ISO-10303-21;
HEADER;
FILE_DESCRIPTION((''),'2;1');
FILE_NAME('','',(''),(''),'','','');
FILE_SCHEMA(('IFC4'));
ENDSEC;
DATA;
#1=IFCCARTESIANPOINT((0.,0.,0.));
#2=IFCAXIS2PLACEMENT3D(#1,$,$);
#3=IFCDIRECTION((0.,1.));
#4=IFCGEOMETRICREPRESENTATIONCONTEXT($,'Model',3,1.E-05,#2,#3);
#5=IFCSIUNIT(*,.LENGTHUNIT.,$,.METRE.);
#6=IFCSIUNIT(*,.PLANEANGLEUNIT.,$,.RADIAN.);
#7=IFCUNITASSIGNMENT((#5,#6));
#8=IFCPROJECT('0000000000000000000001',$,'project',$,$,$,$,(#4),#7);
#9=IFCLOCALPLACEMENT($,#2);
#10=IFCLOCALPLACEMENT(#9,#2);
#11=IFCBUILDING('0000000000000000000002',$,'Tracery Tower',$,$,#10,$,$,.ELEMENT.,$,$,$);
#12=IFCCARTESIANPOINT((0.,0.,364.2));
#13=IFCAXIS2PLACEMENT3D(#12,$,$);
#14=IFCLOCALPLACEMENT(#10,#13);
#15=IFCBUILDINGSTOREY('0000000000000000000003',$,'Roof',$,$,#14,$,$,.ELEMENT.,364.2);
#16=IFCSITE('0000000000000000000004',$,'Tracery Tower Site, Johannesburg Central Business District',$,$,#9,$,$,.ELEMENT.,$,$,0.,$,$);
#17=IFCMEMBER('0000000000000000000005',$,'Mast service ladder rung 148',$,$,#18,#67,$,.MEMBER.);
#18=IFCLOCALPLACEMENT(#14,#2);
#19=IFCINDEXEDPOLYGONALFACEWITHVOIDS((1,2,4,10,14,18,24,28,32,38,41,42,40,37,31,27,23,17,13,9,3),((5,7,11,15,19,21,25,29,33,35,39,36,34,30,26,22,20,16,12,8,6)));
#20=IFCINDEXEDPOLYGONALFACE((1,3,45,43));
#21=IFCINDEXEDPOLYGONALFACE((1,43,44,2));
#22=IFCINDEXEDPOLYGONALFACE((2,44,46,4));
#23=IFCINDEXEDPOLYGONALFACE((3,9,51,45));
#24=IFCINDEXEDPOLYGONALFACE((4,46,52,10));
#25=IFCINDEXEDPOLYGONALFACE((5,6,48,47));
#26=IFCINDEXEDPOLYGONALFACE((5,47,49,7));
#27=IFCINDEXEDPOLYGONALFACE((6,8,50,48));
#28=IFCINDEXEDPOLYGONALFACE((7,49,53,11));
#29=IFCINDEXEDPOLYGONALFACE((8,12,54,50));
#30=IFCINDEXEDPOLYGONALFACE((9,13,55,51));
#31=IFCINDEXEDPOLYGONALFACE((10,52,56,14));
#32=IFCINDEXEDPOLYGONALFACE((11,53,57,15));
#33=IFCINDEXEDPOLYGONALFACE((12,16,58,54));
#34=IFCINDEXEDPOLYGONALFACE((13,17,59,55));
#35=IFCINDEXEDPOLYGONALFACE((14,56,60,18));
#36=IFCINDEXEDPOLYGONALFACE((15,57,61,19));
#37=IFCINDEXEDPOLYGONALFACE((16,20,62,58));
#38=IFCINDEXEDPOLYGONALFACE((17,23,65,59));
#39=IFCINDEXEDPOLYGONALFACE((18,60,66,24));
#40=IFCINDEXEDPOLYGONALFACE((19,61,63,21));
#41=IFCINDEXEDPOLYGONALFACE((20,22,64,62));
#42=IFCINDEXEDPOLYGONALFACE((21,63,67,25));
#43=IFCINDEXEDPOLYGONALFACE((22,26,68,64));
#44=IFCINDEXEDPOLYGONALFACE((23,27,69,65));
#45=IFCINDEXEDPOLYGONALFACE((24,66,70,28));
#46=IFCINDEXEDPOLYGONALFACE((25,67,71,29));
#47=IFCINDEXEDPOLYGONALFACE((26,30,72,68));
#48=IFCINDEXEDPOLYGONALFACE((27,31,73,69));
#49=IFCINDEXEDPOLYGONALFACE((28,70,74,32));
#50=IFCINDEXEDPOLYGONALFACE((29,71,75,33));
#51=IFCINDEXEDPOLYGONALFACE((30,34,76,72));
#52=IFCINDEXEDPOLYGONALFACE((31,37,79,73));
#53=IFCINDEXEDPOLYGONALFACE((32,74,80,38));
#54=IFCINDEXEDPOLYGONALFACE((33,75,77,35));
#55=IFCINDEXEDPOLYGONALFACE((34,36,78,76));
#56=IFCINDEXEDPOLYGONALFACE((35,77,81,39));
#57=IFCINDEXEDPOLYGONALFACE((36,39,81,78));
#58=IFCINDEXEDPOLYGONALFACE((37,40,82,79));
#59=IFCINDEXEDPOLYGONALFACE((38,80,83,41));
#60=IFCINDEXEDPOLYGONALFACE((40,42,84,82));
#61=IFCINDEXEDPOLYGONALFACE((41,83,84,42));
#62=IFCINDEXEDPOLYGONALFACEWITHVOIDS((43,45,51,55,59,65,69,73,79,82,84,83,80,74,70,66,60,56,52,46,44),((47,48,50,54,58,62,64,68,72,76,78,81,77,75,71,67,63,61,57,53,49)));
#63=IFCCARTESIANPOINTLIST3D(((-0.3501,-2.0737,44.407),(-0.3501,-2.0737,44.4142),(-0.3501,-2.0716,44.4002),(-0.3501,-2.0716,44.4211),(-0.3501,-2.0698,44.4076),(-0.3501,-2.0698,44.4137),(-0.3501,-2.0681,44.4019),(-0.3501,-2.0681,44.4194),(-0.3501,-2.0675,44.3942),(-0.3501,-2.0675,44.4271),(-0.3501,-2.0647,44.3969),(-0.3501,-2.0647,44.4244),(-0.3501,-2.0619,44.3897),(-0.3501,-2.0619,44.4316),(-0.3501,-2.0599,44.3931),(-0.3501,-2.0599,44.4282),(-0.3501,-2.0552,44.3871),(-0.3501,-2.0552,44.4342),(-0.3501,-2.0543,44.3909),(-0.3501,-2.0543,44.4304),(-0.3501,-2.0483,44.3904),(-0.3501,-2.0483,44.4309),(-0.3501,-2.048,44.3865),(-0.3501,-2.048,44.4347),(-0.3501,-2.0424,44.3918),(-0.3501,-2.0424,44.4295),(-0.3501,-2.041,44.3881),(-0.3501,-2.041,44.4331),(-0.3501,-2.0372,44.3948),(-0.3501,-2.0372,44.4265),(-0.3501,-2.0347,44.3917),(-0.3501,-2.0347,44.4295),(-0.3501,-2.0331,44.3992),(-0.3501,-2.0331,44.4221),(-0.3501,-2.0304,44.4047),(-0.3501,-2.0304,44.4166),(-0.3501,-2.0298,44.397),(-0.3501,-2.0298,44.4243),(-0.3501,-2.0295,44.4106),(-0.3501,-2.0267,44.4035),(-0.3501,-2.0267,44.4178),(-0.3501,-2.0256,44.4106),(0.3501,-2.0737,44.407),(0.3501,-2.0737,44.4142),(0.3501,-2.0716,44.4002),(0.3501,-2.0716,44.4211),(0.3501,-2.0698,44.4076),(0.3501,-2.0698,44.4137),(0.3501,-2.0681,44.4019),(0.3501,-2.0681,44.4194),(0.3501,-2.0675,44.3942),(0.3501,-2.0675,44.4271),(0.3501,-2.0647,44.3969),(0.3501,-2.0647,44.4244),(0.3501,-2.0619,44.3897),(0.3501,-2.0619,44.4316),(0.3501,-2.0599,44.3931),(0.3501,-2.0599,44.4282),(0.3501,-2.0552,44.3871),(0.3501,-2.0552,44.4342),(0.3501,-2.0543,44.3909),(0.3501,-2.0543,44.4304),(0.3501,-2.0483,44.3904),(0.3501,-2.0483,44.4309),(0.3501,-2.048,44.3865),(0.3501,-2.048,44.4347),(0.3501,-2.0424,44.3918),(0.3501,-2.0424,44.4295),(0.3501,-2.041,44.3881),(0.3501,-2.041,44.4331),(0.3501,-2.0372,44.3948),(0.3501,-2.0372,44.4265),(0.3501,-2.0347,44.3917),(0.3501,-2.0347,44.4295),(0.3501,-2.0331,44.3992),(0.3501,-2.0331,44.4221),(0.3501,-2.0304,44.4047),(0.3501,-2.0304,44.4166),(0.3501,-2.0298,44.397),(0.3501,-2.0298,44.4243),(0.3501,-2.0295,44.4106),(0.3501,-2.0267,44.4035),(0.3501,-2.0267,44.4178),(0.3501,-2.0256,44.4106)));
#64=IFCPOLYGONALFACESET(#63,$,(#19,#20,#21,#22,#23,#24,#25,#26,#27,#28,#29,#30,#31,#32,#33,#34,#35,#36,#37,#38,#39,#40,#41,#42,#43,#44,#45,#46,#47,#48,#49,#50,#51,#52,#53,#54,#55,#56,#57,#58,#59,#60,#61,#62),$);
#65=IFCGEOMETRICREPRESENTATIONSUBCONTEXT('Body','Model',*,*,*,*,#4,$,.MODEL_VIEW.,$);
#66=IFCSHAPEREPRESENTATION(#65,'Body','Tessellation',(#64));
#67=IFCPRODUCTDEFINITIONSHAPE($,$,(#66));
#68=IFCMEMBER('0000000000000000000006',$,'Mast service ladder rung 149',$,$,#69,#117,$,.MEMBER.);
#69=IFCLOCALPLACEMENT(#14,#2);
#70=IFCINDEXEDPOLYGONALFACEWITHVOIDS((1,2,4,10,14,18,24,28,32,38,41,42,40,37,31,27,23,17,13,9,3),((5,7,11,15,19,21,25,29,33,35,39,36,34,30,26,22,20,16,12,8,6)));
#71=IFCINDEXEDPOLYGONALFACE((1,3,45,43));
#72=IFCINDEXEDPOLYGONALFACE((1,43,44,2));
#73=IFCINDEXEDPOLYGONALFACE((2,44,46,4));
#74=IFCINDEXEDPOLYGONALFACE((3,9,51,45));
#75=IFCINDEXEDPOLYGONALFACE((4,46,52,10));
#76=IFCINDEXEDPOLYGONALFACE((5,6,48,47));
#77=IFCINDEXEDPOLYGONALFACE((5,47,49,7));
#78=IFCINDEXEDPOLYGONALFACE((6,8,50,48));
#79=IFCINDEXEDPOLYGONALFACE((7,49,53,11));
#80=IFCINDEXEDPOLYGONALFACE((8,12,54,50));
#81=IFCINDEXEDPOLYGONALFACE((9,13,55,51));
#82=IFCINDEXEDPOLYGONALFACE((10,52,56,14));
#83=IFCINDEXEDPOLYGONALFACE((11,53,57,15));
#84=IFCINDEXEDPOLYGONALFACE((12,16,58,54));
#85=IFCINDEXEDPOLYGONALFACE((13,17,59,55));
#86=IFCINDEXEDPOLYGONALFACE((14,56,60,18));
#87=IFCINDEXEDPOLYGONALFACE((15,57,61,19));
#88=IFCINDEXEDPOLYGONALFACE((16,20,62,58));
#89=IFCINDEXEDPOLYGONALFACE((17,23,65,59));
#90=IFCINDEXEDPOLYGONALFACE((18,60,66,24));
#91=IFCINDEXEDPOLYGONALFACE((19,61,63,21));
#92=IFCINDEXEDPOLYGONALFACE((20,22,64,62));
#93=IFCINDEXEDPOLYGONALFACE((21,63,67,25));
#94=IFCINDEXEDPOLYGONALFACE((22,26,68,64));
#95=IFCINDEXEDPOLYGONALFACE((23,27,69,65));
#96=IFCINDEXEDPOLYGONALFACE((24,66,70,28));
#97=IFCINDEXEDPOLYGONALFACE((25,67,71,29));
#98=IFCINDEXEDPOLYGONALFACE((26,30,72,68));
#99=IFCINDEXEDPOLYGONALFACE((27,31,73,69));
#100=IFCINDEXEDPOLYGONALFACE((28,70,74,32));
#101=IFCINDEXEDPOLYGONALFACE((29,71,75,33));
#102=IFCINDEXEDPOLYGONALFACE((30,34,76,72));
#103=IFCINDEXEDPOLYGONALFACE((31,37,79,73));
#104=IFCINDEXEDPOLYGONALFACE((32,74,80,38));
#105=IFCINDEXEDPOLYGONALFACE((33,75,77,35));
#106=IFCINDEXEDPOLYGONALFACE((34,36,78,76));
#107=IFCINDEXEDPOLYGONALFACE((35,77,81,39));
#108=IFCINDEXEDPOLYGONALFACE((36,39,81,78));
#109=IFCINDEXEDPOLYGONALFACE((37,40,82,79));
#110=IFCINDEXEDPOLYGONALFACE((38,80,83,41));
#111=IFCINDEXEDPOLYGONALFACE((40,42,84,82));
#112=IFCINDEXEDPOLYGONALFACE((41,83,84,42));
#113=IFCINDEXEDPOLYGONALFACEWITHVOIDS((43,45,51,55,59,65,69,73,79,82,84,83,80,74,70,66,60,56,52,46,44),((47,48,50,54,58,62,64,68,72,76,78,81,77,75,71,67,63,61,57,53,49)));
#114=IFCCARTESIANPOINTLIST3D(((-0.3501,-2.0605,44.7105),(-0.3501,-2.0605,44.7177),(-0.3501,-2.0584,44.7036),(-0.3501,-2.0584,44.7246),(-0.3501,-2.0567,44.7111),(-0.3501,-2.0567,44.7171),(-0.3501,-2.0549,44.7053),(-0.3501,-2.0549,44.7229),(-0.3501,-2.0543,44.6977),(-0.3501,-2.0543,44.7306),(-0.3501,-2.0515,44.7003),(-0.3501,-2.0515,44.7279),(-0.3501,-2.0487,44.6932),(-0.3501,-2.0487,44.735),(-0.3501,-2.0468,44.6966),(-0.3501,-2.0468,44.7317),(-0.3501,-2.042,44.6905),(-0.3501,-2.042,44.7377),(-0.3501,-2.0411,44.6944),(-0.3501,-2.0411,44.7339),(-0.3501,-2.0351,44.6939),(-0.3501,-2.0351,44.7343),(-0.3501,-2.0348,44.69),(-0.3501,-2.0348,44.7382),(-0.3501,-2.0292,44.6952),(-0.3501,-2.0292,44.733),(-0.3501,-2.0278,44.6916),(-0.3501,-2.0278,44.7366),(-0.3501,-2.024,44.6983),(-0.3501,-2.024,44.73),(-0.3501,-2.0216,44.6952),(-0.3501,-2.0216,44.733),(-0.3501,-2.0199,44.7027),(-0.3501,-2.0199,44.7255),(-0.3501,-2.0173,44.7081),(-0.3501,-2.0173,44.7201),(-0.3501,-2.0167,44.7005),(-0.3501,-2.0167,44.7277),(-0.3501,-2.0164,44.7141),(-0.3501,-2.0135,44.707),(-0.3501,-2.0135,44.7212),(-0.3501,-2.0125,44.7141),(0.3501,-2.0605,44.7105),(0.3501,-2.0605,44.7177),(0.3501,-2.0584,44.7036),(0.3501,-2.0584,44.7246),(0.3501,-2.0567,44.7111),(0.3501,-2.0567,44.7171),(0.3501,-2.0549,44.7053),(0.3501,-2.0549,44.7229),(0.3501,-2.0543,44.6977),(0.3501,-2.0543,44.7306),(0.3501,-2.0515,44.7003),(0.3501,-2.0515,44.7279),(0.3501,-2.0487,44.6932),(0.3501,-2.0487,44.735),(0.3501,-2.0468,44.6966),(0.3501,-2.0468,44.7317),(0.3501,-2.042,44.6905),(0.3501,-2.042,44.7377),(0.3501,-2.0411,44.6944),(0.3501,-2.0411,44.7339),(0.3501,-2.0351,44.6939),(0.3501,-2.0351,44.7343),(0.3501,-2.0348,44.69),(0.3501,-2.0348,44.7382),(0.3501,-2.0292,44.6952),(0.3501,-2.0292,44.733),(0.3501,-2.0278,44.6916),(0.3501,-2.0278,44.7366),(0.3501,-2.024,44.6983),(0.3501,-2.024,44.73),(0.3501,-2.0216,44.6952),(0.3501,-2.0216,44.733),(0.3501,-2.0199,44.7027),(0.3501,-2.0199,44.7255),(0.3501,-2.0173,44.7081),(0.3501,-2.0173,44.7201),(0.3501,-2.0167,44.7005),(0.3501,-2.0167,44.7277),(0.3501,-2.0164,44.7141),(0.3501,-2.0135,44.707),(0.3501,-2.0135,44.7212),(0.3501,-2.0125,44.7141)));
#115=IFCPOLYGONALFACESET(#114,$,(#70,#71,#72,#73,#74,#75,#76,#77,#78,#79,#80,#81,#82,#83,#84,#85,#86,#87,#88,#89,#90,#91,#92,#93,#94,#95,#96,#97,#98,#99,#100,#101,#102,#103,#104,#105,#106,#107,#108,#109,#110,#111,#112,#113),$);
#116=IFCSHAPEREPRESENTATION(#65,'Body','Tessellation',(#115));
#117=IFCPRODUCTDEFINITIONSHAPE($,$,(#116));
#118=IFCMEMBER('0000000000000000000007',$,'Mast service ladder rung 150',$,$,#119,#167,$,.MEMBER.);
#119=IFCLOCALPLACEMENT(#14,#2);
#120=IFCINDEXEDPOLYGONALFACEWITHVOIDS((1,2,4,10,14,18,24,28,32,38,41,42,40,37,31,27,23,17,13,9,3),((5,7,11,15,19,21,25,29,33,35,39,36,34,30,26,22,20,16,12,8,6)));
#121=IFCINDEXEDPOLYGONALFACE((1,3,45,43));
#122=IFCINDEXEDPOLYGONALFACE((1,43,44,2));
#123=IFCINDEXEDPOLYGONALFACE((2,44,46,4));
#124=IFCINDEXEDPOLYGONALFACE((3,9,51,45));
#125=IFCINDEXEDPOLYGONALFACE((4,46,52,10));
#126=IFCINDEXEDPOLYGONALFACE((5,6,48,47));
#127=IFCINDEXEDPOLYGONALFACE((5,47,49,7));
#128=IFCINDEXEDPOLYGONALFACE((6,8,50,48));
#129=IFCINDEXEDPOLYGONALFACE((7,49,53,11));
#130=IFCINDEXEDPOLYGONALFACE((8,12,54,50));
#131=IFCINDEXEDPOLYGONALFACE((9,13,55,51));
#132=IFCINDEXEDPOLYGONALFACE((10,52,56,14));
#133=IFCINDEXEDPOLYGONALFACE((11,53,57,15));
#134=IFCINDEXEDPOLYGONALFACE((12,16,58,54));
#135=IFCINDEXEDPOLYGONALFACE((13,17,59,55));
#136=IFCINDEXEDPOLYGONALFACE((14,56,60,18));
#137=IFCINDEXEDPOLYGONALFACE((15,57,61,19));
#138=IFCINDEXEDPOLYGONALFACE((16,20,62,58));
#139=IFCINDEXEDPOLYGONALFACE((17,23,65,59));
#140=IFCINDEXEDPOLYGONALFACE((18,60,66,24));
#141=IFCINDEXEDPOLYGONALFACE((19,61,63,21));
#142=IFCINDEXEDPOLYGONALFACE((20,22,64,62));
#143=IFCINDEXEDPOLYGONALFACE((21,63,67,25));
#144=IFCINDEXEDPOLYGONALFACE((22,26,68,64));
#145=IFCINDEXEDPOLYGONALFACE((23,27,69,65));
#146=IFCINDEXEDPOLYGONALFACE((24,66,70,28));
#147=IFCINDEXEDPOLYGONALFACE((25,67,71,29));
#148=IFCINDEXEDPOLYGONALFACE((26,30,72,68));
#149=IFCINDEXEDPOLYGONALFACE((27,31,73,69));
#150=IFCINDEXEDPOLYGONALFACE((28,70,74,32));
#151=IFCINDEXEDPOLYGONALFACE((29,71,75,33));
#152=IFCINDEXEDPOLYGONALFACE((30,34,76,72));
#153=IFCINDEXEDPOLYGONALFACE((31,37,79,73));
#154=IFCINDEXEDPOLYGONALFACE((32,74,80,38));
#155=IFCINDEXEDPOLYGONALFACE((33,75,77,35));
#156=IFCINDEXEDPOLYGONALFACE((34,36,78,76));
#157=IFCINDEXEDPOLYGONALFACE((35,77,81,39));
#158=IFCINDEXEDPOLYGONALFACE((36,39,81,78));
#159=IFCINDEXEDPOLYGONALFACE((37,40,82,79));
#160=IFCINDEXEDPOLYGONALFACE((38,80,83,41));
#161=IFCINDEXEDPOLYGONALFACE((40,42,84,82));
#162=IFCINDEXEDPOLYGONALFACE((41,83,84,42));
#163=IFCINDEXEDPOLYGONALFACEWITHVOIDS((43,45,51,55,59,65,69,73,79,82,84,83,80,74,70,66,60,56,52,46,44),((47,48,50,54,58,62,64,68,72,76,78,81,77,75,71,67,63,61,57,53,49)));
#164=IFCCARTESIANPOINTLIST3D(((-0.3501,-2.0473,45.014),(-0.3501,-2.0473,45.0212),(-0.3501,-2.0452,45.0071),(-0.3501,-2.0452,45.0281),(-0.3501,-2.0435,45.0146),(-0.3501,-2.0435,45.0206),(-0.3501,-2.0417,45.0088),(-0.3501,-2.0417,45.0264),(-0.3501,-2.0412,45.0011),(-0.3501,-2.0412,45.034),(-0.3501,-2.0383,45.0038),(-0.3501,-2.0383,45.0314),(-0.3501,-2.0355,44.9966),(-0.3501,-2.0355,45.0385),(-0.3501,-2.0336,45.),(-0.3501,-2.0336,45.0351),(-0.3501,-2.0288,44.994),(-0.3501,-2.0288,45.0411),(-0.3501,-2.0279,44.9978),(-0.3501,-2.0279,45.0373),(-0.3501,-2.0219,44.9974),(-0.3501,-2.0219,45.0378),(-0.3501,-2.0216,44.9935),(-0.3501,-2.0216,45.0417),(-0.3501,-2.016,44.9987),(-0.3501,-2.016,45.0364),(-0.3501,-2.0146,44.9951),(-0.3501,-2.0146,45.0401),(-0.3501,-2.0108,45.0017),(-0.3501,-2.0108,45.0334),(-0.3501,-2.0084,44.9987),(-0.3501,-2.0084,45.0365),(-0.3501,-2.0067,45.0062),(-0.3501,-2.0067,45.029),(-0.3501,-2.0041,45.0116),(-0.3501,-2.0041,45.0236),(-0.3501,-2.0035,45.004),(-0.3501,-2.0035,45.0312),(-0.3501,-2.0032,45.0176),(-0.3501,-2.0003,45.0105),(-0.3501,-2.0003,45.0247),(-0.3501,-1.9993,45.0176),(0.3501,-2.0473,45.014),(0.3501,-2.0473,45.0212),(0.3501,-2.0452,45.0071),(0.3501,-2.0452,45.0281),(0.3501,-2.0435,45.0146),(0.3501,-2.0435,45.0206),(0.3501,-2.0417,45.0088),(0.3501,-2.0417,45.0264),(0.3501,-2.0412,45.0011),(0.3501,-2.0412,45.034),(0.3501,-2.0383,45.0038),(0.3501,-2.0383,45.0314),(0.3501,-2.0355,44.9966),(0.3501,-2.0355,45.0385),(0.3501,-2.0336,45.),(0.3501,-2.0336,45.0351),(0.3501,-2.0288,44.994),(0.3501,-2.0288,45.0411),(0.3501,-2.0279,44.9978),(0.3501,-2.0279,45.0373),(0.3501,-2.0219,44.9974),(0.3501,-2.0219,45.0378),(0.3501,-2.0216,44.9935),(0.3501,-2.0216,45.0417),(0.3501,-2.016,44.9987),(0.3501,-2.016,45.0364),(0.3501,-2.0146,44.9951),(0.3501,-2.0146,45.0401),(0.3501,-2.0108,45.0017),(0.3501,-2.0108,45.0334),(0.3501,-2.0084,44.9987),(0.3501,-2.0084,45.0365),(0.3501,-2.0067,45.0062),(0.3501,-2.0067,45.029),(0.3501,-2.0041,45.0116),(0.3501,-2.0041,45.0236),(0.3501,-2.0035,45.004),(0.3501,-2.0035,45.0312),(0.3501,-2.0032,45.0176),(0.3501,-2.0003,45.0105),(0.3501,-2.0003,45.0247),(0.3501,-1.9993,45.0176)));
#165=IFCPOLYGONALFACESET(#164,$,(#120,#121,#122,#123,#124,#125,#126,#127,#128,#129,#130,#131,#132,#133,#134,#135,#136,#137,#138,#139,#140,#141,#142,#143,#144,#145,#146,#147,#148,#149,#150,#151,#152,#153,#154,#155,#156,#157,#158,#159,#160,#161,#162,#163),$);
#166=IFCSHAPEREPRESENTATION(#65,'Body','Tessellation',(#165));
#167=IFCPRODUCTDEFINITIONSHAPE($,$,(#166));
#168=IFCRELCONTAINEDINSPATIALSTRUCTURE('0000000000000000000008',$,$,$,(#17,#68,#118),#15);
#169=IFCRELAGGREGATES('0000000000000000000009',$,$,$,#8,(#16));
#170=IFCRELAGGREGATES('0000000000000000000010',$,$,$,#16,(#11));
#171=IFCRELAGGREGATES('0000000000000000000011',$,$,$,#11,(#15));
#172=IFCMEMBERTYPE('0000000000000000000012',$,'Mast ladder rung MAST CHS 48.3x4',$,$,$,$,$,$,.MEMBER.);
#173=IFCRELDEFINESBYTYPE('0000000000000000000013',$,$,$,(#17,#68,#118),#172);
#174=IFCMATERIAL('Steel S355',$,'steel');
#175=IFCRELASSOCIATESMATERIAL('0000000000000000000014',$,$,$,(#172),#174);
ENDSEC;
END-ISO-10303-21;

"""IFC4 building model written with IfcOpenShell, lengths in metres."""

from ifc_helpers import new_model, si_unit, direction, frame, origin, origin_2d, place, context, subcontext, project, spatial, hollow_circle, extrude, material, material_profile, profile_set, type_object, element, save


model = new_model("IFC4")

# Units and contexts
model_context = context("Model", 3, precision=1e-05, world=origin(), true_north=direction((0.0, 1.0)))
body_context = subcontext(model_context, "Body", "Model", "MODEL_VIEW")
ifc_project = project(units=[si_unit("LENGTHUNIT", "METRE"), si_unit("PLANEANGLEUNIT", "RADIAN")], contexts=[model_context])

# Site, building, storey
site_placement = place(None, origin())
site = spatial("IfcSite", under=ifc_project, at=site_placement, Name="Tracery Tower Site, Johannesburg Central Business District", CompositionType="ELEMENT", RefElevation=0.0)
building_placement = place(site_placement, origin())
building = spatial("IfcBuilding", under=site, at=building_placement, Name="Tracery Tower", CompositionType="ELEMENT")
storey_placement = place(building_placement, frame((0.0, 0.0, 364.2)))
storey = spatial("IfcBuildingStorey", under=building, at=storey_placement, Name="Roof", CompositionType="ELEMENT", Elevation=364.2)

# Members
ifc_material_1 = material(Name="Steel S355", Category="steel")
ifc_material_profile_1 = material_profile(ifc_material_1, hollow_circle(Radius=0.0242, WallThickness=0.0039, at=origin_2d()), Name="CHS 48.3x4")
ifc_profile_set_1 = profile_set([ifc_material_profile_1], Name="Steel S355")
member_type_1 = type_object("IfcMemberType", Name="Mast ladder rung MAST CHS 48.3x4", PredefinedType="MEMBER", material=ifc_profile_set_1)
for number, where, z_axis, x_axis, name in (
    (1, (-0.3501, -2.0498, 44.4106), (1.0, 0.0, 0.0), (0.0, 1.0, 0.0), "Mast service ladder rung 148"),
    (2, (-0.3501, -2.0366, 44.7141), (1.0, 0.0, 0.0), (0.0, 1.0, 0.0), "Mast service ladder rung 149"),
    (3, (-0.3501, -2.0234, 45.0176), (1.0, 0.0, 0.0), (0.0, 1.0, 0.0), "Mast service ladder rung 150"),
):
    element("IfcMember", number, at=place(storey_placement, frame(where, z_axis=z_axis, x_axis=x_axis)), inside=storey, type_object=member_type_1, Name=name, PredefinedType="MEMBER", context=body_context, shape_type="SweptSolid", body=[
        extrude(hollow_circle(Radius=0.0242, WallThickness=0.0039, at=origin_2d()), origin(), (0.0, 0.0, 1.0), 0.7002),
    ])

save(model, "model.ifc")
